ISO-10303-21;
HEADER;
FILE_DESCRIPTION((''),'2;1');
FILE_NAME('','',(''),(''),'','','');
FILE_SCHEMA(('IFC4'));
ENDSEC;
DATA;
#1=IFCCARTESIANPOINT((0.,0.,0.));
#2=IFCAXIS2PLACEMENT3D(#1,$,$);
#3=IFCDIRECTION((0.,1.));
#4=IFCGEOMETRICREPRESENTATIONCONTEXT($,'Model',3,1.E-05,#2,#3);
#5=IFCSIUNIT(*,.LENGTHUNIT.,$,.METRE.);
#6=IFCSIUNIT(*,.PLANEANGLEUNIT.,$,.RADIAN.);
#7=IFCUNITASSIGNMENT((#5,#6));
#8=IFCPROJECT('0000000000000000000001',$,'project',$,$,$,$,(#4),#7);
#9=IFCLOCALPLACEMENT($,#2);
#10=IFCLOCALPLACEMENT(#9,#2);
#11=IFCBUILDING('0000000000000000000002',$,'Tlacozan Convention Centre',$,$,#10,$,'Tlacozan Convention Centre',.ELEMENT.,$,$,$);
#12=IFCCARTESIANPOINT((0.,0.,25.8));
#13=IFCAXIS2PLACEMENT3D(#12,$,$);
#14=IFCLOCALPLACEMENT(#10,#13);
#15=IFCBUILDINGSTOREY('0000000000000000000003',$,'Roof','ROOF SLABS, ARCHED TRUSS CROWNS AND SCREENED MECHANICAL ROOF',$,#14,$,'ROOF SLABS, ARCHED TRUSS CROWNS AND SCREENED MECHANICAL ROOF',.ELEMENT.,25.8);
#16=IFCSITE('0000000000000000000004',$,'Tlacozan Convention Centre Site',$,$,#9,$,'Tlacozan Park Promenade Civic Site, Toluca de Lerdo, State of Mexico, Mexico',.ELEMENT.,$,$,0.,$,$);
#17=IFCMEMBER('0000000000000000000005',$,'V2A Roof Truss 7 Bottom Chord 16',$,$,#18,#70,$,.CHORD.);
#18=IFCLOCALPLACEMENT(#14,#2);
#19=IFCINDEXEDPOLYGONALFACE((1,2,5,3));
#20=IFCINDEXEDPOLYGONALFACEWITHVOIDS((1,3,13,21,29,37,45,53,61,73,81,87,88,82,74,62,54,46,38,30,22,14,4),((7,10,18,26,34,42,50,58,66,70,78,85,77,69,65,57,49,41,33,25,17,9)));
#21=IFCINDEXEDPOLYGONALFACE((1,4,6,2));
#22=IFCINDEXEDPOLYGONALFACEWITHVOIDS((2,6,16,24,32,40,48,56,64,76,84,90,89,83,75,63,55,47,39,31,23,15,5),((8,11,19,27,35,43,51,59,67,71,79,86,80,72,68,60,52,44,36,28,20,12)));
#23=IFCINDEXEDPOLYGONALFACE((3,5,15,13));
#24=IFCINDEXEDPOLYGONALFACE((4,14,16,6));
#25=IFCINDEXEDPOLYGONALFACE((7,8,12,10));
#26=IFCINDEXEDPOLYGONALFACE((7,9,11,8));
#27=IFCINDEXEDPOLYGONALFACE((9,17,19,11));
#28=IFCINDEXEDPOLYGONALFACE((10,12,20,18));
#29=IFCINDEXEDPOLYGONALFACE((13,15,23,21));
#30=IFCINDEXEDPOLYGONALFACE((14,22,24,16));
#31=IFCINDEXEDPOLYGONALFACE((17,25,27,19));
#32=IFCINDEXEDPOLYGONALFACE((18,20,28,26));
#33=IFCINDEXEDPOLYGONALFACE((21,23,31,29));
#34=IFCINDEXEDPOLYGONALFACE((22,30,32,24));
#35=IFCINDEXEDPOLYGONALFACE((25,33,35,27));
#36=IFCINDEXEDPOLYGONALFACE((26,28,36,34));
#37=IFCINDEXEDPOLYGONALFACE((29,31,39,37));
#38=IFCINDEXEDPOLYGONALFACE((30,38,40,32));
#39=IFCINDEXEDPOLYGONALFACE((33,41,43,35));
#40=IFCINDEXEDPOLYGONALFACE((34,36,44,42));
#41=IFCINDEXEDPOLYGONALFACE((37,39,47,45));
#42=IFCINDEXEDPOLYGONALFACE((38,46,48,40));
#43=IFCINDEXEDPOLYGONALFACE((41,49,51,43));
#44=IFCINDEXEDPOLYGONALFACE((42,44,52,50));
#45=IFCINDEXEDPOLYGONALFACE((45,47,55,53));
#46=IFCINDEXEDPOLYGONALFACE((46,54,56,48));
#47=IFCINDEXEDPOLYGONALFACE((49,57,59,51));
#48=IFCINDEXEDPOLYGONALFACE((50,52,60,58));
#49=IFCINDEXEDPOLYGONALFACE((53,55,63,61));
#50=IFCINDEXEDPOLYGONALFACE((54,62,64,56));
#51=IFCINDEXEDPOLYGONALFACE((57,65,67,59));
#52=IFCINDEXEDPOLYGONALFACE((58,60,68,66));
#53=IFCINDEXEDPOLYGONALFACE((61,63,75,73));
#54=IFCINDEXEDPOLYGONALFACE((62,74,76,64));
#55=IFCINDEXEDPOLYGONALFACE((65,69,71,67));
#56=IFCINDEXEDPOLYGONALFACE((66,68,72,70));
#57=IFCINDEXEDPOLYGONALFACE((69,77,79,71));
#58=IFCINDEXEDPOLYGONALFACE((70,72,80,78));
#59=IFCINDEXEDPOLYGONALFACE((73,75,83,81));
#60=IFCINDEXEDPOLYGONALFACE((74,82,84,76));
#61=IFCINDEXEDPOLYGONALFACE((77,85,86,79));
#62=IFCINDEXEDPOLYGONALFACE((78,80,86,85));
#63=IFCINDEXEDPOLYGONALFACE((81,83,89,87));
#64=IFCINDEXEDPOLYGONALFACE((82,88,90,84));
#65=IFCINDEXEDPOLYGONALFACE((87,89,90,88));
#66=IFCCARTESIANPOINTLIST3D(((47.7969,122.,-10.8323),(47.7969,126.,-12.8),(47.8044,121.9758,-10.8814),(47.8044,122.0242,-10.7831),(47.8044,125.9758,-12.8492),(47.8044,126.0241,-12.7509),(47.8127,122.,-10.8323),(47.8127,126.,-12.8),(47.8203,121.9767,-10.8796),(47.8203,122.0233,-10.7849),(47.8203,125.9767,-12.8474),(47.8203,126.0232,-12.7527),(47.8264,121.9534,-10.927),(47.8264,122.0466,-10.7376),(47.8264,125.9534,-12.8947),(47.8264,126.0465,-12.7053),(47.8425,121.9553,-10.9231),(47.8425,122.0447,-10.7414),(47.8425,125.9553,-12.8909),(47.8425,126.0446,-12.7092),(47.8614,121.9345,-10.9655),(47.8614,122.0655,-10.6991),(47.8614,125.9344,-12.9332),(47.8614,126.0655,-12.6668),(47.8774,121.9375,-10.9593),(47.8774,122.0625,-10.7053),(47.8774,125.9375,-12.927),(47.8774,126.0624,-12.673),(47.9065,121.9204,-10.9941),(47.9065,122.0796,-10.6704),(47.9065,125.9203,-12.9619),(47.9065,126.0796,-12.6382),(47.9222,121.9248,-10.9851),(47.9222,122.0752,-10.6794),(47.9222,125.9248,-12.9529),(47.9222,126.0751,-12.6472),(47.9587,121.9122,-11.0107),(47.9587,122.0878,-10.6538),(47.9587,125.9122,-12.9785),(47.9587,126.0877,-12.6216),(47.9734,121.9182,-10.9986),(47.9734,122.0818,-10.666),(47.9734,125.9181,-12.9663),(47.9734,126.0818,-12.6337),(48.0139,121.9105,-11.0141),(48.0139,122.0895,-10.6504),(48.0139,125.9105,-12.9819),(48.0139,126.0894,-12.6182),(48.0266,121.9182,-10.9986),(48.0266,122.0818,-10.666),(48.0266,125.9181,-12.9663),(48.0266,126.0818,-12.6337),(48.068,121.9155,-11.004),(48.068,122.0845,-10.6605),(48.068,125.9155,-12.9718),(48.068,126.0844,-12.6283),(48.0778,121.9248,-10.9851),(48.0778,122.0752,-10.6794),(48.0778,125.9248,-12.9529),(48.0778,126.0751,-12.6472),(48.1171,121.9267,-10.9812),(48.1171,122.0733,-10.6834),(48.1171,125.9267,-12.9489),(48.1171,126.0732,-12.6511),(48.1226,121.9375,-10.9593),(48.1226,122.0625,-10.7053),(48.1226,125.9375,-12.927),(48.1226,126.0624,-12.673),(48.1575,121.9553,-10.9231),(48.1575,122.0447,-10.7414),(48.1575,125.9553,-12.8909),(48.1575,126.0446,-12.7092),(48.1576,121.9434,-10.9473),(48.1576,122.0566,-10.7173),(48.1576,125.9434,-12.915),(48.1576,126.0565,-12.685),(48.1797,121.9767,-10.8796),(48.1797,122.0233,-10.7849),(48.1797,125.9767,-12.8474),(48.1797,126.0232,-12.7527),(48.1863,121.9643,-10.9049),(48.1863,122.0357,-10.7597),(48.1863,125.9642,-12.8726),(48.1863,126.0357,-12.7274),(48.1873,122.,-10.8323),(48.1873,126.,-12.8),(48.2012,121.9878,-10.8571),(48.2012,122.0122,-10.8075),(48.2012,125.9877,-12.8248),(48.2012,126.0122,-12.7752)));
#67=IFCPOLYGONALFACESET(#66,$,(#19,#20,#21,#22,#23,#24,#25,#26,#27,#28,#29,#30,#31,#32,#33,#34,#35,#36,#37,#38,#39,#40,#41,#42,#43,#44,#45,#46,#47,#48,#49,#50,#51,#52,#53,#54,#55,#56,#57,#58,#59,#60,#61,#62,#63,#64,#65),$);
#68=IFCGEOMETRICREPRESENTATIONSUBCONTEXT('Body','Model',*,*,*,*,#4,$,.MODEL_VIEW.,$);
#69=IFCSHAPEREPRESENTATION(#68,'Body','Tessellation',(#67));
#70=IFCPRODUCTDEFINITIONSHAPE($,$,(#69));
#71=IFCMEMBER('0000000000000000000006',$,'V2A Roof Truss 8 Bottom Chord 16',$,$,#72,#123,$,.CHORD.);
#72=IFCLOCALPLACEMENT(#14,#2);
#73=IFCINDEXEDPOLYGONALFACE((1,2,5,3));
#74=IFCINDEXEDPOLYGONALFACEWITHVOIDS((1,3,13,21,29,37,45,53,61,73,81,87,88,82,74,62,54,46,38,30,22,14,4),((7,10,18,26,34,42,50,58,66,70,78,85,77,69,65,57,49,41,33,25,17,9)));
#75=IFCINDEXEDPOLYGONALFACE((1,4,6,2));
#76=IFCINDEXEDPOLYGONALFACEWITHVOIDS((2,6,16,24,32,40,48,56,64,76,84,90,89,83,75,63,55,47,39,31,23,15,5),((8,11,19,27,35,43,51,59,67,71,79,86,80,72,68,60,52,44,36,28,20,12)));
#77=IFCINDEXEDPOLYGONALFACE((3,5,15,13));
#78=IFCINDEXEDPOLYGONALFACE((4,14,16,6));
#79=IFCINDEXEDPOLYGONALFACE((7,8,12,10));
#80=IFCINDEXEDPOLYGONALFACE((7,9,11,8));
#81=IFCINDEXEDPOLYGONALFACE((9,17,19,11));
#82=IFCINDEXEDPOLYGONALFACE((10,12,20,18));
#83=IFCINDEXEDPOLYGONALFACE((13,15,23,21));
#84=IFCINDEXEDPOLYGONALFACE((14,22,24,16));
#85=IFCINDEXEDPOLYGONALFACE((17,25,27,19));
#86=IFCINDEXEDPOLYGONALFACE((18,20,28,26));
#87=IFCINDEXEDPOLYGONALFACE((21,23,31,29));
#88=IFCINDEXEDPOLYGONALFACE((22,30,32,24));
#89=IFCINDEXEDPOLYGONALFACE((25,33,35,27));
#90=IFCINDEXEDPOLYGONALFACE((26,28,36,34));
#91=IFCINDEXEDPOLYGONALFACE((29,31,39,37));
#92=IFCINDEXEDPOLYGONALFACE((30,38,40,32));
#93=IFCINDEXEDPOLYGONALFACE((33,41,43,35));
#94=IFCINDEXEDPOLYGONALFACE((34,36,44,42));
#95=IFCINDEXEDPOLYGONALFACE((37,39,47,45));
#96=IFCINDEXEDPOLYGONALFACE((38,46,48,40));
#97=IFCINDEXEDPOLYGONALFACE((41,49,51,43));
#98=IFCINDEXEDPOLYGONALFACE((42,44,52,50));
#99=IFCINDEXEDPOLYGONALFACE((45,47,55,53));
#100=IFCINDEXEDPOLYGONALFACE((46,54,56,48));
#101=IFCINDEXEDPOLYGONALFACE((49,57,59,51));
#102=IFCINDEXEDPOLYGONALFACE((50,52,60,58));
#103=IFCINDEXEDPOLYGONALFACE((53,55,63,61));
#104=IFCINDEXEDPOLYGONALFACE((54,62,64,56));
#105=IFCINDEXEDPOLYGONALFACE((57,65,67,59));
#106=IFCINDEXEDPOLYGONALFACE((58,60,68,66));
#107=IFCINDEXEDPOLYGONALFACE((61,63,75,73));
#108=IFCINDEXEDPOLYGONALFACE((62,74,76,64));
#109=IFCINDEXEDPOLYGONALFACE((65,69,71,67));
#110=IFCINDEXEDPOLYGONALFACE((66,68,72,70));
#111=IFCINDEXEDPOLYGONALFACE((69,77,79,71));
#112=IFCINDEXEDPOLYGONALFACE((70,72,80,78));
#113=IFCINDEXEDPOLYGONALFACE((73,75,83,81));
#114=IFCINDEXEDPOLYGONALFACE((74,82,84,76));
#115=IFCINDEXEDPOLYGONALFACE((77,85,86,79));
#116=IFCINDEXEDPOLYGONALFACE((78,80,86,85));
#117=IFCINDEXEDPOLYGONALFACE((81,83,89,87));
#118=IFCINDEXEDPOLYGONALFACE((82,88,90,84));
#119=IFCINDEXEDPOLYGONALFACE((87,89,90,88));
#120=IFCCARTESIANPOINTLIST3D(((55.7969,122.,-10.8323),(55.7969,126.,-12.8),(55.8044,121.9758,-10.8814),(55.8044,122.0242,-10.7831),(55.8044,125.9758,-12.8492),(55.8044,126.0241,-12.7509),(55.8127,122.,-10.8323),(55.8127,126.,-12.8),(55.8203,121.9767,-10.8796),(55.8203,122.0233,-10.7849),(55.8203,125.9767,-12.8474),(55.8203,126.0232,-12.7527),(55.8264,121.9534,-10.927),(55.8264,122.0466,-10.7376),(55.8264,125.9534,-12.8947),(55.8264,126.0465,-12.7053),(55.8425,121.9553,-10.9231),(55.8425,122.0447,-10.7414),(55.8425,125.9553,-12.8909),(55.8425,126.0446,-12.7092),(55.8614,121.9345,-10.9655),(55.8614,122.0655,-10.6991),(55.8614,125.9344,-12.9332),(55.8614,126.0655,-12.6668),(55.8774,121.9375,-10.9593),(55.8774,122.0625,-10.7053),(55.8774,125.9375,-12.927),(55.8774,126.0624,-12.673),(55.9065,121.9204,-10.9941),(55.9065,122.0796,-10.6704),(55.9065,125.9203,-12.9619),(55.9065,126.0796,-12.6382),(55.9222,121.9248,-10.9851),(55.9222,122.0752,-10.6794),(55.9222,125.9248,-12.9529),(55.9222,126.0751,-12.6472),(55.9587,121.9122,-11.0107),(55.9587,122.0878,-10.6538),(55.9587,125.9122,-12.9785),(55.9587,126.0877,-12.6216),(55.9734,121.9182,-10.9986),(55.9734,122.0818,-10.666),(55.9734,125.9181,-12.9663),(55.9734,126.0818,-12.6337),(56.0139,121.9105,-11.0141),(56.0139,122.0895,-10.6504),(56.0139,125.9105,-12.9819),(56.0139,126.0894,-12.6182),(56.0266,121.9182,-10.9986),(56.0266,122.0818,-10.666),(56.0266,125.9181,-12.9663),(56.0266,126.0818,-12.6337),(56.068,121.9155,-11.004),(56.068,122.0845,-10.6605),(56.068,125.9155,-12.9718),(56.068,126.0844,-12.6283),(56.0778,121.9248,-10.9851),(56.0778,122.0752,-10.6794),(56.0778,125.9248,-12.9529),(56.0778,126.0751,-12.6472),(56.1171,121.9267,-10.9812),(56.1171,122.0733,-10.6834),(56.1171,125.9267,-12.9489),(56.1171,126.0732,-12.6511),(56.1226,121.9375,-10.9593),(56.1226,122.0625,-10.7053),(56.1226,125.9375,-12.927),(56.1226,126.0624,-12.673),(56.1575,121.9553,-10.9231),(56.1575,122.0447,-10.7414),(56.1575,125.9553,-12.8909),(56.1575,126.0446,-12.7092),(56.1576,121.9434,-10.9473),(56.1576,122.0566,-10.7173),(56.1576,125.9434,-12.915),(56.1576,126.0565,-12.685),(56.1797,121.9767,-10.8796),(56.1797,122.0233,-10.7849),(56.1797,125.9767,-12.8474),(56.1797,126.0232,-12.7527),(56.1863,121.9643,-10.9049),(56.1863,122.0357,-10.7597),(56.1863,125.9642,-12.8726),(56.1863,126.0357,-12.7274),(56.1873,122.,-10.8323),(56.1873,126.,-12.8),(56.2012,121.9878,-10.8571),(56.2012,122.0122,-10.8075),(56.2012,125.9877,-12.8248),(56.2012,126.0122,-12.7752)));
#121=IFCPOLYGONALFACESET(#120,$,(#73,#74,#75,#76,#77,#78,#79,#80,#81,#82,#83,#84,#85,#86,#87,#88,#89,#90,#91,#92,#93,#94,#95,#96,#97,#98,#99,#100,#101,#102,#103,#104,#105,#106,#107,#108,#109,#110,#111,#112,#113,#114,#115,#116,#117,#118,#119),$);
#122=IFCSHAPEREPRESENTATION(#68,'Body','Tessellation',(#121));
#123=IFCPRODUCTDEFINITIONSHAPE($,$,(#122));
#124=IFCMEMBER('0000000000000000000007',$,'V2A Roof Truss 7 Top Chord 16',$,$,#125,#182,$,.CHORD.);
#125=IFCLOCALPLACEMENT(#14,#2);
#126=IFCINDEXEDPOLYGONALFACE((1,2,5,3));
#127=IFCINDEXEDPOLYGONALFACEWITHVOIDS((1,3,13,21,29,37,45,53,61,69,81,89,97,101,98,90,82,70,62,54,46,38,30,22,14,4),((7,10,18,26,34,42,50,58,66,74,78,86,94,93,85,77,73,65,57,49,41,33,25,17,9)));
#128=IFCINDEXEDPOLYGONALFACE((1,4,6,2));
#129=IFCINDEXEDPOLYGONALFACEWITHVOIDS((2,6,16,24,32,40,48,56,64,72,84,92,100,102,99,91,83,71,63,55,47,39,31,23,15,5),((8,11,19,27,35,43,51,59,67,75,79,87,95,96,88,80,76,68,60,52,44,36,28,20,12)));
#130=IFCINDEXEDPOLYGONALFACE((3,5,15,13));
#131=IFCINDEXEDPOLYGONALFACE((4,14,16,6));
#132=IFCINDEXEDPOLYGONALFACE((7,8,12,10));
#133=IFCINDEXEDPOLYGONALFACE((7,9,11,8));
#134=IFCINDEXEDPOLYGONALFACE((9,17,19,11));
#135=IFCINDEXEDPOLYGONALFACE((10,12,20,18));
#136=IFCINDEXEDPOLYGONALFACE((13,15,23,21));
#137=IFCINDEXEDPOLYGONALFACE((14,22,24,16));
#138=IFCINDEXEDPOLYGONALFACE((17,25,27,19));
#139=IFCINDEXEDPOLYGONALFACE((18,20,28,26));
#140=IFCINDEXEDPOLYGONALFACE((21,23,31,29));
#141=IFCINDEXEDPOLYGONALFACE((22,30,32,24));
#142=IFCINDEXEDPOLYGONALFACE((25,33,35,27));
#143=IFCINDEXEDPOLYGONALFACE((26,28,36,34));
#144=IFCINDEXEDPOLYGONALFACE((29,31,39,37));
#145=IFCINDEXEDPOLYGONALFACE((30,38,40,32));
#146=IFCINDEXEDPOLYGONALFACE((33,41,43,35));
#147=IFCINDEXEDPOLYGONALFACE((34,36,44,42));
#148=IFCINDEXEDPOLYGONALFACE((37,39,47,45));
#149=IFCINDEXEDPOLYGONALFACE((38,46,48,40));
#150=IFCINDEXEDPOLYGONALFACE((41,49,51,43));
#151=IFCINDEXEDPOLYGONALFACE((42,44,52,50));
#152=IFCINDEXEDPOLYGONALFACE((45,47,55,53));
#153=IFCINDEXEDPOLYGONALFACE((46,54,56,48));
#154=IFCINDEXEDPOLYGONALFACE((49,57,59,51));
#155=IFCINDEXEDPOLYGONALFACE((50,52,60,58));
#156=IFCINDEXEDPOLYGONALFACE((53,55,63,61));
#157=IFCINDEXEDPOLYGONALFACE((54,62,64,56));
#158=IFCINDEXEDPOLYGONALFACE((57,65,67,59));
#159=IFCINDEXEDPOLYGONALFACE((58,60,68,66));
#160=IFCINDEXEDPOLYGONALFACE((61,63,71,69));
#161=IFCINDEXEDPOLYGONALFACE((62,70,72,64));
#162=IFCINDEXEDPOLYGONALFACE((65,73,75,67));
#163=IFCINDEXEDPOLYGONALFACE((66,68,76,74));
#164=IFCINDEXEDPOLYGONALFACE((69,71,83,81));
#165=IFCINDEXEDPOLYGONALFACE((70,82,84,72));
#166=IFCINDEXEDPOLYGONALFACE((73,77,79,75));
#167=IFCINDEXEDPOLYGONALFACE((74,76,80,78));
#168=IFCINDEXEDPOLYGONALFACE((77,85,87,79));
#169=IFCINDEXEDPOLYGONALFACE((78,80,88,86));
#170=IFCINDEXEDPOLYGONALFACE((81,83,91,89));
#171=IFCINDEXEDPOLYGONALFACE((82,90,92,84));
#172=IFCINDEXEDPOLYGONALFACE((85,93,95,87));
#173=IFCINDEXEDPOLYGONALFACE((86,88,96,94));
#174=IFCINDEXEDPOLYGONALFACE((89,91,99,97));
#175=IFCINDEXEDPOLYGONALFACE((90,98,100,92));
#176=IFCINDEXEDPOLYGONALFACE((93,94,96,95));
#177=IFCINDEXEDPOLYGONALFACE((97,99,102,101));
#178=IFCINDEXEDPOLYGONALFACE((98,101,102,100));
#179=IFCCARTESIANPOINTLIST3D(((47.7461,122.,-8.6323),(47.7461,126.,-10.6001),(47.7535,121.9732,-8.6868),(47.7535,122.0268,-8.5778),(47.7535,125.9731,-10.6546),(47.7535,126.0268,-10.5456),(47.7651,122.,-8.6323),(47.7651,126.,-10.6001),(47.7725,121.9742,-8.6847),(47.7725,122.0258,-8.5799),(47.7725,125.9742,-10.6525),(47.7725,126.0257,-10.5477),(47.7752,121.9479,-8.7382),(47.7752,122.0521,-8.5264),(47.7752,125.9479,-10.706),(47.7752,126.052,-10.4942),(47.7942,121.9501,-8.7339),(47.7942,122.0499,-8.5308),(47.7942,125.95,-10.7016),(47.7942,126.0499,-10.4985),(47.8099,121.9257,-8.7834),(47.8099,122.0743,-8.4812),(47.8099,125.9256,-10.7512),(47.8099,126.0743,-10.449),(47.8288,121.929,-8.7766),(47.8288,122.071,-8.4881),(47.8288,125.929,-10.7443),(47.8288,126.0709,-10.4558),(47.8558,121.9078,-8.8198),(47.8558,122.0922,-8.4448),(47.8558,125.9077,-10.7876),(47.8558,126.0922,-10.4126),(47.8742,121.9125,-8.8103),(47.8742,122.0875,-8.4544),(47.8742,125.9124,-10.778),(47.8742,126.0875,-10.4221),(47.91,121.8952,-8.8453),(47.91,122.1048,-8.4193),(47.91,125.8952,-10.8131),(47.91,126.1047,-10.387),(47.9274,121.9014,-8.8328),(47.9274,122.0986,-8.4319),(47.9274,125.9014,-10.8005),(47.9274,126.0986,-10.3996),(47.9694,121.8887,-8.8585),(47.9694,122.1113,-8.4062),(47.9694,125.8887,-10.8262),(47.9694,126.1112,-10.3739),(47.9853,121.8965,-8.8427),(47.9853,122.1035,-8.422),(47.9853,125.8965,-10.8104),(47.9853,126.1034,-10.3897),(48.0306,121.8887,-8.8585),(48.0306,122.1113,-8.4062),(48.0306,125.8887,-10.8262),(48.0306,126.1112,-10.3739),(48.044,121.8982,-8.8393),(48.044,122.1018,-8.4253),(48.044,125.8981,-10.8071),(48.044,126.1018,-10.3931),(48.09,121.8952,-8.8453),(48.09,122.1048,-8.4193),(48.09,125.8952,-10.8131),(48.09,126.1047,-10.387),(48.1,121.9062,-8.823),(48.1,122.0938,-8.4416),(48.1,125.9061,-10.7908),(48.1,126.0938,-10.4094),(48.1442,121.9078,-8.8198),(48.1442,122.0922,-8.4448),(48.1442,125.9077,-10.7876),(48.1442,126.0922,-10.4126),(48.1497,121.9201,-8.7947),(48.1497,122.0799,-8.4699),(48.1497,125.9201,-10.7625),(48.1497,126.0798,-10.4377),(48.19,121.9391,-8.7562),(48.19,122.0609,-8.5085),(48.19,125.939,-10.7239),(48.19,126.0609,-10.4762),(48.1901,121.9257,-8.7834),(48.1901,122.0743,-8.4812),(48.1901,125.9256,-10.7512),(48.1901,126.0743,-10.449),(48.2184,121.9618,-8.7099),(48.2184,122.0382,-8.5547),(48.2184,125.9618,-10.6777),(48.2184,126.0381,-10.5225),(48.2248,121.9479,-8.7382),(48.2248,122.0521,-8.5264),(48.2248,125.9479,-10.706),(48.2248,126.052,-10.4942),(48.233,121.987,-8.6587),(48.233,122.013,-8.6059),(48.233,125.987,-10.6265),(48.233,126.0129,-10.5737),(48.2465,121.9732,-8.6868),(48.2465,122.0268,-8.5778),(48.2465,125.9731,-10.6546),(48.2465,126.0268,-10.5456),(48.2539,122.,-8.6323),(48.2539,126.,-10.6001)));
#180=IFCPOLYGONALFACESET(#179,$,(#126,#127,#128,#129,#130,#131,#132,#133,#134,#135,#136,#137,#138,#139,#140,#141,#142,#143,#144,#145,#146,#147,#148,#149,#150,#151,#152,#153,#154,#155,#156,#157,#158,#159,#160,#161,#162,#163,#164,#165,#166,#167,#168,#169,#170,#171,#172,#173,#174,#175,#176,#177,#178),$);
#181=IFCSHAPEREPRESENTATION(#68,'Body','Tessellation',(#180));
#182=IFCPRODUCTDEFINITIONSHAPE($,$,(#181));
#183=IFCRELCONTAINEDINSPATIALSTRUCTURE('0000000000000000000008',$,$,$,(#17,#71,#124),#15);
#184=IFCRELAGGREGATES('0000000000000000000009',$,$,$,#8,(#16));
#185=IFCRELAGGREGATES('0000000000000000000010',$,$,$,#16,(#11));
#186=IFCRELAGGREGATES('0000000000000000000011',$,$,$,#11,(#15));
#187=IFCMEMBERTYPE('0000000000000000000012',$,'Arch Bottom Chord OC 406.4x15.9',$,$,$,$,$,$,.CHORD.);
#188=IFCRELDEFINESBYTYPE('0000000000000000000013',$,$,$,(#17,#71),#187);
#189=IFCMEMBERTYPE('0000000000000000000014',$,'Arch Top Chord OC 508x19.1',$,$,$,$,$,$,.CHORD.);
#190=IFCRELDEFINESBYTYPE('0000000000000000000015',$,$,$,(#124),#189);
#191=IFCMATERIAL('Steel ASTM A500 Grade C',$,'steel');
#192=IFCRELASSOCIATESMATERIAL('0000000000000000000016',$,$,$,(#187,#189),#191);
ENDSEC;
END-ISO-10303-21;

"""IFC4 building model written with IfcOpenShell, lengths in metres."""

from ifc_helpers import new_model, si_unit, direction, frame, origin, origin_2d, place, context, subcontext, project, spatial, hollow_circle, extrude, material, material_profile, profile_set, type_object, element, save


model = new_model("IFC4")

# Units and contexts
model_context = context("Model", 3, precision=1e-05, world=origin(), true_north=direction((0.0, 1.0)))
body_context = subcontext(model_context, "Body", "Model", "MODEL_VIEW")
ifc_project = project(units=[si_unit("LENGTHUNIT", "METRE"), si_unit("PLANEANGLEUNIT", "RADIAN")], contexts=[model_context])

# Site, building, storey
site_placement = place(None, origin())
site = spatial("IfcSite", under=ifc_project, at=site_placement, Name="Tlacozan Convention Centre Site", LongName="Tlacozan Park Promenade Civic Site, Toluca de Lerdo, State of Mexico, Mexico", CompositionType="ELEMENT", RefElevation=0.0)
building_placement = place(site_placement, origin())
building = spatial("IfcBuilding", under=site, at=building_placement, Name="Tlacozan Convention Centre", LongName="Tlacozan Convention Centre", CompositionType="ELEMENT")
storey_placement = place(building_placement, frame((0.0, 0.0, 25.8)))
storey = spatial("IfcBuildingStorey", under=building, at=storey_placement, Name="Roof", Description="ROOF SLABS, ARCHED TRUSS CROWNS AND SCREENED MECHANICAL ROOF", LongName="ROOF SLABS, ARCHED TRUSS CROWNS AND SCREENED MECHANICAL ROOF", CompositionType="ELEMENT", Elevation=25.8)

# Members
ifc_material_1 = material(Name="Steel ASTM A500 Grade C", Category="steel")
ifc_material_profile_1 = material_profile(ifc_material_1, hollow_circle(Radius=0.2031, WallThickness=0.0159, at=origin_2d()), Name="OC 406.4x15.9")
ifc_profile_set_1 = profile_set([ifc_material_profile_1], Name="Steel ASTM A500 Grade C")
member_type_1 = type_object("IfcMemberType", Name="Arch Bottom Chord OC 406.4x15.9", PredefinedType="CHORD", material=ifc_profile_set_1)
for number, where, z_axis, x_axis, name in (
    (1, (48.0, 122.0, -10.8323), (0.0, 0.8973, -0.441421), (-1.0, 0.0, 0.0), "V2A Roof Truss 7 Bottom Chord 16"),
    (2, (56.0, 122.0, -10.8323), (0.0, 0.8973, -0.441421), (-1.0, 0.0, 0.0), "V2A Roof Truss 8 Bottom Chord 16"),
):
    element("IfcMember", number, at=place(storey_placement, frame(where, z_axis=z_axis, x_axis=x_axis)), inside=storey, type_object=member_type_1, Name=name, PredefinedType="CHORD", context=body_context, shape_type="SweptSolid", body=[
        extrude(hollow_circle(Radius=0.2031, WallThickness=0.0159, at=origin_2d()), origin(), (0.0, 0.0, 1.0), 4.4578),
    ])
ifc_material_profile_2 = material_profile(ifc_material_1, hollow_circle(Radius=0.2539, WallThickness=0.019, at=origin_2d()), Name="OC 508.0x19.1")
ifc_profile_set_2 = profile_set([ifc_material_profile_2], Name="Steel ASTM A500 Grade C")
member_type_2 = type_object("IfcMemberType", Name="Arch Top Chord OC 508x19.1", PredefinedType="CHORD", material=ifc_profile_set_2)
member_1_placement = place(storey_placement, frame((48.0, 122.0, -8.6323), z_axis=(0.0, 0.8973, -0.441421), x_axis=(-1.0, 0.0, 0.0)))
element("IfcMember", 3, at=member_1_placement, inside=storey, type_object=member_type_2, Name="V2A Roof Truss 7 Top Chord 16", PredefinedType="CHORD", context=body_context, shape_type="SweptSolid", body=[
    extrude(hollow_circle(Radius=0.2539, WallThickness=0.019, at=origin_2d()), origin(), (0.0, 0.0, 1.0), 4.4578),
])

save(model, "model.ifc")
